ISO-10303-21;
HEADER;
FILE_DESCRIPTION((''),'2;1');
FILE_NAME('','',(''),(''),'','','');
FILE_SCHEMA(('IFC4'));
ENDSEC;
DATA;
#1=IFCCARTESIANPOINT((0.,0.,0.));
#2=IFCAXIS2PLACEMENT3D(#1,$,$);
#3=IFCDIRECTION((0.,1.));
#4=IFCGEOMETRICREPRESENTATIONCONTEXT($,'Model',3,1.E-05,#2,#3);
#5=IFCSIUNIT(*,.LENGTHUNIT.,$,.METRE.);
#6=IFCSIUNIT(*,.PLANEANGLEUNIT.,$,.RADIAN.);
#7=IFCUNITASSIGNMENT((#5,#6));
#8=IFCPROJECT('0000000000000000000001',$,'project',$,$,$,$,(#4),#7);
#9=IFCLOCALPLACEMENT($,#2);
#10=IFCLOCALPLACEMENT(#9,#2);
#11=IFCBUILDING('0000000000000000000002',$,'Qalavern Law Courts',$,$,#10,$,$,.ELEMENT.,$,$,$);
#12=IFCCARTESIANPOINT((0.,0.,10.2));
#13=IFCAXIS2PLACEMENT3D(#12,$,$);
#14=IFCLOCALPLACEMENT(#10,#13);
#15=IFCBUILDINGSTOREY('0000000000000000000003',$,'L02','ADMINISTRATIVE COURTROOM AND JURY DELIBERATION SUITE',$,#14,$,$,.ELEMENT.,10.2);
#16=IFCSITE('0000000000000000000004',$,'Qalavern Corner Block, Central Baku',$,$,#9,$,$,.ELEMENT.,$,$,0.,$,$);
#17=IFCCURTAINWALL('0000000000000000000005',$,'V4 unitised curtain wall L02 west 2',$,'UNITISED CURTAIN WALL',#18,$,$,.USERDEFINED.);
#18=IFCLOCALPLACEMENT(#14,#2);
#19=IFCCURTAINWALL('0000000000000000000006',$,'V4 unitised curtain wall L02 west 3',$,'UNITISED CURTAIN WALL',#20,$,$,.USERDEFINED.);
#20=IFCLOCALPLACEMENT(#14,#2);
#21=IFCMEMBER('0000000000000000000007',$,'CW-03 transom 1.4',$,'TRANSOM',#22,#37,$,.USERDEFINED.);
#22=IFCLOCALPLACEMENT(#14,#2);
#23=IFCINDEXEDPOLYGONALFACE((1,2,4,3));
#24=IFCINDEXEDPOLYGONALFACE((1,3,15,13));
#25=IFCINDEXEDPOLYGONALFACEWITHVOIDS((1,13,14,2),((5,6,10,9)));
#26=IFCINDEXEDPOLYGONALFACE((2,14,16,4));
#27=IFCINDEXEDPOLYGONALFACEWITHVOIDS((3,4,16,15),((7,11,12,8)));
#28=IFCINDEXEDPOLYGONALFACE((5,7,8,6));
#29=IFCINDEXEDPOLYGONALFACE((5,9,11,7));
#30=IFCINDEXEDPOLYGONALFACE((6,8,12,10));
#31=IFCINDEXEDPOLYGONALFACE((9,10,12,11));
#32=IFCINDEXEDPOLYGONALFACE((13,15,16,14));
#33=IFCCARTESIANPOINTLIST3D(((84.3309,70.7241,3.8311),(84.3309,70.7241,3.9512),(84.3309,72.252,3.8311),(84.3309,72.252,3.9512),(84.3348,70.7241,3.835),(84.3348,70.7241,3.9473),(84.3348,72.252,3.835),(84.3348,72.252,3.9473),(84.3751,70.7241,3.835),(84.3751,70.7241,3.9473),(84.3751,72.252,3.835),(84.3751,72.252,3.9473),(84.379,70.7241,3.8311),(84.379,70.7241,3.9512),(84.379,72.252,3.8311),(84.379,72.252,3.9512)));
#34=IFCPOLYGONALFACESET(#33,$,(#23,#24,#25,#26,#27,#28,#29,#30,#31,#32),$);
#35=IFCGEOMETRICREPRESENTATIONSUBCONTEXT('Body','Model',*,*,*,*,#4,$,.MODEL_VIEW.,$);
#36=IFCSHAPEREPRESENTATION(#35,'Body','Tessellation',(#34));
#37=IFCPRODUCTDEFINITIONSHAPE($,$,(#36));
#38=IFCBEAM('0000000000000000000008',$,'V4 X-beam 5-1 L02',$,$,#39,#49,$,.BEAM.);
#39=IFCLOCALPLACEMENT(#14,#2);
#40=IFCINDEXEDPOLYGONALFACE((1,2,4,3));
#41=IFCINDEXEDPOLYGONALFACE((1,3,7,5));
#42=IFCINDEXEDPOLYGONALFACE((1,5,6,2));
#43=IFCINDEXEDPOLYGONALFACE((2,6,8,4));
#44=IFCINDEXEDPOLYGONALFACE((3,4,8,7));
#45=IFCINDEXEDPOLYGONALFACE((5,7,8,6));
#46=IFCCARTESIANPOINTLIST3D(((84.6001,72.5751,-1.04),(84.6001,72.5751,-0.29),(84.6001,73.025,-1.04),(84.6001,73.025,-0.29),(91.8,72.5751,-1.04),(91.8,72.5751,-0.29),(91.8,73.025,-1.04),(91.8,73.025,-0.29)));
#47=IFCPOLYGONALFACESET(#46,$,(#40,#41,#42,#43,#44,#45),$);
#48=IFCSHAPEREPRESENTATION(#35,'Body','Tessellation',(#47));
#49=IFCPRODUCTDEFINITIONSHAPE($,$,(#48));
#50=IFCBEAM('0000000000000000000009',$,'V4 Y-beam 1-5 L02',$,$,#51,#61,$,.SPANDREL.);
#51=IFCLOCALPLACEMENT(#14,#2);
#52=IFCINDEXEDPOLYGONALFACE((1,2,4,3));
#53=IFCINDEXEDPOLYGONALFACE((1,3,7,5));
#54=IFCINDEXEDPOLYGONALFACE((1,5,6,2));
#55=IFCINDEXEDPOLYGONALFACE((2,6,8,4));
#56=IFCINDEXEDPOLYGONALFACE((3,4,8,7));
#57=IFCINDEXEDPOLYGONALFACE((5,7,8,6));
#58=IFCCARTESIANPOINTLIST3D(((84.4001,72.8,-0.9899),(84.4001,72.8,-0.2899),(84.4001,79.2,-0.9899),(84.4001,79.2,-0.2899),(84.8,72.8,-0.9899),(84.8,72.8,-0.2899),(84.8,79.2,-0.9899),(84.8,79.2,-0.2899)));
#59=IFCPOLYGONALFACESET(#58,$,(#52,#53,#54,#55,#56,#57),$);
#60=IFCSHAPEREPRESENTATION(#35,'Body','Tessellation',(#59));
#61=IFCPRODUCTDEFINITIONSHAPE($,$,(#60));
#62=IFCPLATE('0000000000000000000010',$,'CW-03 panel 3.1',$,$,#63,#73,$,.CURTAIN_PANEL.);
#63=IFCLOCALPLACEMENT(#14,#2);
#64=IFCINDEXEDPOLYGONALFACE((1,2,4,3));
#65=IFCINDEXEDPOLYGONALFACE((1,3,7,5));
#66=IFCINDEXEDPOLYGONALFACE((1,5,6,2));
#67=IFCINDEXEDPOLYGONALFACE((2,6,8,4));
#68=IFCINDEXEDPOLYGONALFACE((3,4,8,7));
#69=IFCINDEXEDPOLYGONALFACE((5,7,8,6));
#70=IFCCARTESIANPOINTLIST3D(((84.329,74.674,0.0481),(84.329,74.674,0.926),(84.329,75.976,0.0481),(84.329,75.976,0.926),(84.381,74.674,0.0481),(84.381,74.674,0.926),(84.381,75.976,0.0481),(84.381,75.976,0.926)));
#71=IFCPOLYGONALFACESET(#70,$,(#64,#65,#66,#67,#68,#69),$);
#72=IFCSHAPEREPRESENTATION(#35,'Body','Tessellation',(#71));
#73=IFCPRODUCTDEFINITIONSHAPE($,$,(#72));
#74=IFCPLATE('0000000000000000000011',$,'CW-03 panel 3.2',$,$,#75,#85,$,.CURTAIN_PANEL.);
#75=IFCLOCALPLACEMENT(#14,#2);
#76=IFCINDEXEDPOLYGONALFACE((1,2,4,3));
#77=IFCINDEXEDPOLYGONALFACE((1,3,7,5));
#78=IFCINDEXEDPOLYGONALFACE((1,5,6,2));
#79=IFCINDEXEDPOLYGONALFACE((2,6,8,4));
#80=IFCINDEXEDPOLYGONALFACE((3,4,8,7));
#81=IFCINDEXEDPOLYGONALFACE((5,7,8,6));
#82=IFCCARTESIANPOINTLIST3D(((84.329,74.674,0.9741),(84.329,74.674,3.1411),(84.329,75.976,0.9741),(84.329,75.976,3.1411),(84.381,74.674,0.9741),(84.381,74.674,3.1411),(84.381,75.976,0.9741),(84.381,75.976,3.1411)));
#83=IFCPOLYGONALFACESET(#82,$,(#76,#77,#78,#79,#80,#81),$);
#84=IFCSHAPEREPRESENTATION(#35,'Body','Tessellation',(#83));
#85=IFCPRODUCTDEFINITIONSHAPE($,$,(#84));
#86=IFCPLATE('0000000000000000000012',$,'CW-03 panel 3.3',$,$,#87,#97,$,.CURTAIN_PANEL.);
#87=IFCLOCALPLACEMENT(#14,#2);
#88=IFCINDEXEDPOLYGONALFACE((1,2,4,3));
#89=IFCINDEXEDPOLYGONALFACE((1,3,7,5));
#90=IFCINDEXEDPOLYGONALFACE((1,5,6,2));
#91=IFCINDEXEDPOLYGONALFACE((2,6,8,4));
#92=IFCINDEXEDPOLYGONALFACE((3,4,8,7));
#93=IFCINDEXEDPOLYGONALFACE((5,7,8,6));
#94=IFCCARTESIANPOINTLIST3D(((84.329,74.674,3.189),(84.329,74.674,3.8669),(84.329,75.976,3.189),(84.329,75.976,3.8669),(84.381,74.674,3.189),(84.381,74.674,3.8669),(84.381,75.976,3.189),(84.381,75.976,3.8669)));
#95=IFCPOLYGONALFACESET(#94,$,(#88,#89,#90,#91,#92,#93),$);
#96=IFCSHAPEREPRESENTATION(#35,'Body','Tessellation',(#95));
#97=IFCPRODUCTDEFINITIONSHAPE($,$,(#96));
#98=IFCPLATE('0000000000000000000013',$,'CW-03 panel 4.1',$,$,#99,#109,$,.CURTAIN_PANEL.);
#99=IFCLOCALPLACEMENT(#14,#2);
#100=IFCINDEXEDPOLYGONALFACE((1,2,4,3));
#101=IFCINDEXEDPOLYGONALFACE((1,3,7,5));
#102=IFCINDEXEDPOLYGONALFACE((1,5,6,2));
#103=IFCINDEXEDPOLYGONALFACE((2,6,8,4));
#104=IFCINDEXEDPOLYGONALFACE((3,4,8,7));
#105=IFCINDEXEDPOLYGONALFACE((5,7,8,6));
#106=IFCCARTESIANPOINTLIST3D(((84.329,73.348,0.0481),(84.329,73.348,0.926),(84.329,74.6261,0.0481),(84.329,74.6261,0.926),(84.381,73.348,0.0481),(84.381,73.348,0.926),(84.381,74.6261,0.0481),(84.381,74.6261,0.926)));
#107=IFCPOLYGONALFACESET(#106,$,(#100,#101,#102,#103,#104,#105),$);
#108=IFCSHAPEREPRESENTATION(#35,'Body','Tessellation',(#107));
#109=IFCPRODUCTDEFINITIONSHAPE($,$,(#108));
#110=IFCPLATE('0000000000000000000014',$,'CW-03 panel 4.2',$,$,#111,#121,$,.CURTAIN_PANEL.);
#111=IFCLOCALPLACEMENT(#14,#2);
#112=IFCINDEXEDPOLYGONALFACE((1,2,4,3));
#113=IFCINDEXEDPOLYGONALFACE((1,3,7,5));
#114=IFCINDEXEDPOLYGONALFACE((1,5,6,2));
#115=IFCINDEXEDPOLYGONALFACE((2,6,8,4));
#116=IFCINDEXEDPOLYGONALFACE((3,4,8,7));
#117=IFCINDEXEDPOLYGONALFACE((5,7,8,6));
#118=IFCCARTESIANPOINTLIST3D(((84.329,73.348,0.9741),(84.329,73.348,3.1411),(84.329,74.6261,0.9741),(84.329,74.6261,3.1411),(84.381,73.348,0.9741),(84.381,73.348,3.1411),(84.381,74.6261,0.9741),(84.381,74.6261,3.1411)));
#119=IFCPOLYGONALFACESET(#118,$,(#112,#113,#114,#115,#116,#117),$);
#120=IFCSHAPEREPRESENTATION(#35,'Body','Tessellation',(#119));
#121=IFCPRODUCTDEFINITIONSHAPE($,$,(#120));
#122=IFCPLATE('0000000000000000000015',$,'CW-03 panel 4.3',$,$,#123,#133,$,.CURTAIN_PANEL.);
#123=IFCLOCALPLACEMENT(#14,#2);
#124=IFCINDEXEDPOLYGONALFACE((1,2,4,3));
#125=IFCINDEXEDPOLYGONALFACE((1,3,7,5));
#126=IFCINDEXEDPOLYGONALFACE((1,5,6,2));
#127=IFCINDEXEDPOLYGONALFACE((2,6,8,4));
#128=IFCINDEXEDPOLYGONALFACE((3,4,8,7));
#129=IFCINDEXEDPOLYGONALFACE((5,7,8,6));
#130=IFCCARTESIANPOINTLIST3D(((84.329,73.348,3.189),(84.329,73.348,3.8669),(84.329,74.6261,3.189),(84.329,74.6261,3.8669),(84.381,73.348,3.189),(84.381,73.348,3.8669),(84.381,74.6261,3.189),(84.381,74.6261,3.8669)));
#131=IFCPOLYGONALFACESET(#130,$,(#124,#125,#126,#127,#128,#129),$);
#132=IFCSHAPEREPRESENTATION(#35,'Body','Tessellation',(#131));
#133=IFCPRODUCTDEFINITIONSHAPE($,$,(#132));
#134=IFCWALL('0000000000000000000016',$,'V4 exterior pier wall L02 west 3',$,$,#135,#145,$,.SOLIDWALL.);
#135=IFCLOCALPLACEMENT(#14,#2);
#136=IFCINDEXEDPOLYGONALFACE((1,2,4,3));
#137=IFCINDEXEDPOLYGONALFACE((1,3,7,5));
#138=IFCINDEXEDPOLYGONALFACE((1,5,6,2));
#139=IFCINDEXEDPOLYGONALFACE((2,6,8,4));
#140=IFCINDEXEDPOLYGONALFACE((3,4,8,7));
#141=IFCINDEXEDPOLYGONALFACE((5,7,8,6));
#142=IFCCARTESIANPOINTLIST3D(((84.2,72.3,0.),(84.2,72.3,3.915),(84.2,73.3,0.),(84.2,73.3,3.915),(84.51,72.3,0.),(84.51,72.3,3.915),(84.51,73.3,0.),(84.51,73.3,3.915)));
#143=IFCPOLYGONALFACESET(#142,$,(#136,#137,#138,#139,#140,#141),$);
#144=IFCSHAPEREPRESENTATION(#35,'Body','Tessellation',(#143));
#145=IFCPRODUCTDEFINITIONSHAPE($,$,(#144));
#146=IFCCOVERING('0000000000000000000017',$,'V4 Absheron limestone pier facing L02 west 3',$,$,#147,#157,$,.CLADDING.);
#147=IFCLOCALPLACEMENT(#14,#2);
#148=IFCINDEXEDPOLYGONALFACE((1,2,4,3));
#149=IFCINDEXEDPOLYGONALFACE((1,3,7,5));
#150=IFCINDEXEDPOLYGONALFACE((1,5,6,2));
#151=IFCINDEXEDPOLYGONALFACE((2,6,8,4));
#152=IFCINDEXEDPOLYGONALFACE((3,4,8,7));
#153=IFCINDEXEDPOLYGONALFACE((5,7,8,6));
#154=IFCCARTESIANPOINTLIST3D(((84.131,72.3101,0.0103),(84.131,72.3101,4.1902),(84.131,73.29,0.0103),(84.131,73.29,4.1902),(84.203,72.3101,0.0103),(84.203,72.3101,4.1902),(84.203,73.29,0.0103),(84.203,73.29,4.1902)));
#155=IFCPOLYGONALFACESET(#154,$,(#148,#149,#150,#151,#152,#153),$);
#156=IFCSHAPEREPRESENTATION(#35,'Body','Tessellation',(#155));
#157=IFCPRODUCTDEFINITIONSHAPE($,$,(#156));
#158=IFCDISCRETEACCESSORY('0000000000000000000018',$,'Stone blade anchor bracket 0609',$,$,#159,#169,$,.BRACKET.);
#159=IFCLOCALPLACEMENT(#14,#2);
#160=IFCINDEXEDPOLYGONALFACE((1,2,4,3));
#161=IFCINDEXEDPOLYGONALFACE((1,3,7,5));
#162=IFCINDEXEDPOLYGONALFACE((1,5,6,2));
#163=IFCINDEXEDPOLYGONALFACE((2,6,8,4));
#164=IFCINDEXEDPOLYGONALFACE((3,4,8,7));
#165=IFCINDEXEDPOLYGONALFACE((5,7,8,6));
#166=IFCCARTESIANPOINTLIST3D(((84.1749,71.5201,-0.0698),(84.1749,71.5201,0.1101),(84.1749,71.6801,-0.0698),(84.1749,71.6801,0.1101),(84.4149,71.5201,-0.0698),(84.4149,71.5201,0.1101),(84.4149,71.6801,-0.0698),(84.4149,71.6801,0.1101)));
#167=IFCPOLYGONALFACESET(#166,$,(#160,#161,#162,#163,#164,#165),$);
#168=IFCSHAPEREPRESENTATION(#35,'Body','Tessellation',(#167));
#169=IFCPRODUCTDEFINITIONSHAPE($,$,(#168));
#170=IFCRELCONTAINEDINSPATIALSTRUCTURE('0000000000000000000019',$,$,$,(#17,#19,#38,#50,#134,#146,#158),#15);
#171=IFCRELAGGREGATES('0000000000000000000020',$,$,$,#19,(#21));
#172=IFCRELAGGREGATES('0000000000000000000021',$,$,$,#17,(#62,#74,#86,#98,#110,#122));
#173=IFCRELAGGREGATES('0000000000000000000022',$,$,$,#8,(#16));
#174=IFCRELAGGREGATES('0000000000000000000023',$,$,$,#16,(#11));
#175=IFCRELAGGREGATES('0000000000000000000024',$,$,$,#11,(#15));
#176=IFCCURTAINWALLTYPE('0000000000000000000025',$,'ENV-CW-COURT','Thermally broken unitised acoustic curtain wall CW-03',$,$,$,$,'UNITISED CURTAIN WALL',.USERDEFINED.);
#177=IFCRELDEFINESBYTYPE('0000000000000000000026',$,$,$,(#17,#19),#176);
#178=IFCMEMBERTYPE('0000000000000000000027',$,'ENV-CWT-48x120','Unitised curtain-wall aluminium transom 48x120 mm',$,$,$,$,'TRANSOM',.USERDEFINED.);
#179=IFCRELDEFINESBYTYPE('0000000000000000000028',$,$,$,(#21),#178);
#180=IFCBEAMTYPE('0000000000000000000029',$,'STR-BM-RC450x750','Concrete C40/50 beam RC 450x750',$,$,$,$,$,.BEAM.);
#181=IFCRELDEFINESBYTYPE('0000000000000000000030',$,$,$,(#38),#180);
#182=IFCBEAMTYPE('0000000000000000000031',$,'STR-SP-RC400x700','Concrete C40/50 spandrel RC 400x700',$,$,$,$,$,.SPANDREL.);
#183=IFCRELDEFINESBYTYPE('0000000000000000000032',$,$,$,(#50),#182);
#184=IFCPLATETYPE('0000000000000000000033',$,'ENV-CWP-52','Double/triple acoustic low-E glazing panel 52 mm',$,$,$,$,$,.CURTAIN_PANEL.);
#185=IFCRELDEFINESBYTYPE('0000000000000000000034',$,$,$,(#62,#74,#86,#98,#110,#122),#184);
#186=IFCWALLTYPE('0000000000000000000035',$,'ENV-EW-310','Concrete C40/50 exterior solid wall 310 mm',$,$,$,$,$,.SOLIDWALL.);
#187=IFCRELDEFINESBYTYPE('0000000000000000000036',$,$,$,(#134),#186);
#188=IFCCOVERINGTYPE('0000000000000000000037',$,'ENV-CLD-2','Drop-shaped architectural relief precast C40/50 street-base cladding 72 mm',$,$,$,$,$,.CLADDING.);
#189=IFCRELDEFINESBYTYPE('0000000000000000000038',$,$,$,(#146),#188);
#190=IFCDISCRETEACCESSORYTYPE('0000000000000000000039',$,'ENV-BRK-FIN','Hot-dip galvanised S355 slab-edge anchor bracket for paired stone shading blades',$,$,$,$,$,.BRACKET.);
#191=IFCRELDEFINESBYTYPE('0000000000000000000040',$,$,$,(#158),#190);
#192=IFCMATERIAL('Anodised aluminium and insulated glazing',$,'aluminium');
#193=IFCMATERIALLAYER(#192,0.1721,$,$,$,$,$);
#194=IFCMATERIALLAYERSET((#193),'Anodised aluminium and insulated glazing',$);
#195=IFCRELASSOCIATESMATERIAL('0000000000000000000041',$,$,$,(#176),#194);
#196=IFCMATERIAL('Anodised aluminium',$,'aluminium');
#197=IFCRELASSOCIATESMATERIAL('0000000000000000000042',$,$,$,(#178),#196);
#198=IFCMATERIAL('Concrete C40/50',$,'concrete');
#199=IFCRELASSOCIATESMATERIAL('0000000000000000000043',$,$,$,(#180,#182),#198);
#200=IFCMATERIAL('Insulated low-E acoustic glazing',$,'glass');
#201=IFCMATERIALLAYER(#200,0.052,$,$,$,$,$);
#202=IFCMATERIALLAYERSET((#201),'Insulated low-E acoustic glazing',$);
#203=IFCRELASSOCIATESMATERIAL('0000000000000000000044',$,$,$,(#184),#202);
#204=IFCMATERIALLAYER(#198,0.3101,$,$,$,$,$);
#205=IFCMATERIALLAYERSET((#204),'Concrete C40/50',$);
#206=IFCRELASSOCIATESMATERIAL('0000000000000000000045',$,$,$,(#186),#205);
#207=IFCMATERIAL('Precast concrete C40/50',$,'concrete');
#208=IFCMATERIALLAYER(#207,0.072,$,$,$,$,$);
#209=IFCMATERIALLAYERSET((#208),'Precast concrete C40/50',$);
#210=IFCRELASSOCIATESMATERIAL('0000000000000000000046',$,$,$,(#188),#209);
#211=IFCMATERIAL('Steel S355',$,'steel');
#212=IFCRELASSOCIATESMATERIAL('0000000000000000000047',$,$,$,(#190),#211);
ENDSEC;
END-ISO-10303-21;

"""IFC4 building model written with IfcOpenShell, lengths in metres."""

from ifc_helpers import new_model, si_unit, direction, frame, frame_2d, origin, origin_2d, place, context, subcontext, project, spatial, rectangle, hollow_rectangle, extrude, material, layer, layer_set, material_profile, profile_set, type_object, element, aggregate, save


model = new_model("IFC4")

# Units and contexts
model_context = context("Model", 3, precision=1e-05, world=origin(), true_north=direction((0.0, 1.0)))
body_context = subcontext(model_context, "Body", "Model", "MODEL_VIEW")
ifc_project = project(units=[si_unit("LENGTHUNIT", "METRE"), si_unit("PLANEANGLEUNIT", "RADIAN")], contexts=[model_context])

# Site, building, storey
site_placement = place(None, origin())
site = spatial("IfcSite", under=ifc_project, at=site_placement, Name="Qalavern Corner Block, Central Baku", CompositionType="ELEMENT", RefElevation=0.0)
building_placement = place(site_placement, origin())
building = spatial("IfcBuilding", under=site, at=building_placement, Name="Qalavern Law Courts", CompositionType="ELEMENT")
storey_placement = place(building_placement, frame((0.0, 0.0, 10.2)))
storey = spatial("IfcBuildingStorey", under=building, at=storey_placement, Name="L02", Description="ADMINISTRATIVE COURTROOM AND JURY DELIBERATION SUITE", CompositionType="ELEMENT", Elevation=10.2)

# Curtain wall
ifc_material_1 = material(Name="Anodised aluminium and insulated glazing", Category="aluminium")
ifc_layer_1 = layer(ifc_material_1, 0.1721)
ifc_layer_set_1 = layer_set([ifc_layer_1], Name="Anodised aluminium and insulated glazing")
curtain_wall_type = type_object("IfcCurtainWallType", Name="ENV-CW-COURT", Description="Thermally broken unitised acoustic curtain wall CW-03", ElementType="UNITISED CURTAIN WALL", PredefinedType="USERDEFINED", material=ifc_layer_set_1)
curtain_wall_1_placement = place(storey_placement, origin())
curtain_wall_1 = element("IfcCurtainWall", 1, at=curtain_wall_1_placement, inside=storey, type_object=curtain_wall_type, Name="V4 unitised curtain wall L02 west 2", ObjectType="UNITISED CURTAIN WALL", PredefinedType="USERDEFINED")
ifc_material_2 = material(Name="Anodised aluminium", Category="aluminium")

# Curtain wall
curtain_wall_2_placement = place(storey_placement, origin())
curtain_wall_2 = element("IfcCurtainWall", 2, at=curtain_wall_2_placement, inside=storey, type_object=curtain_wall_type, Name="V4 unitised curtain wall L02 west 3", ObjectType="UNITISED CURTAIN WALL", PredefinedType="USERDEFINED")

# Member
ifc_material_profile_1 = material_profile(ifc_material_2, hollow_rectangle(XDim=0.0481, YDim=0.1201, WallThickness=0.0039, at=origin_2d()), Name="ALU TRANSOM 48x120")
ifc_profile_set_1 = profile_set([ifc_material_profile_1], Name="Anodised aluminium")
member_type_1 = type_object("IfcMemberType", Name="ENV-CWT-48x120", Description="Unitised curtain-wall aluminium transom 48x120 mm", ElementType="TRANSOM", PredefinedType="USERDEFINED", material=ifc_profile_set_1)
member_1_placement = place(storey_placement, frame((84.355, 72.252, 3.8911), z_axis=(0.0, -1.0, 0.0), x_axis=(1.0, 0.0, 0.0)))
member_1 = element("IfcMember", 3, at=member_1_placement, type_object=member_type_1, Name="CW-03 transom 1.4", ObjectType="TRANSOM", PredefinedType="USERDEFINED", context=body_context, shape_type="SweptSolid", body=[
    extrude(hollow_rectangle(XDim=0.0481, YDim=0.1201, WallThickness=0.0039, at=origin_2d()), origin(), (0.0, 0.0, 1.0), 1.5278),
])
aggregate(curtain_wall_2, [member_1])

# Beams
ifc_material_3 = material(Name="Concrete C40/50", Category="concrete")
ifc_material_profile_2 = material_profile(ifc_material_3, rectangle(XDim=0.45, YDim=0.75, at=origin_2d()), Name="RC 450x750")
ifc_profile_set_2 = profile_set([ifc_material_profile_2], Name="Concrete C40/50")
beam_type_1 = type_object("IfcBeamType", Name="STR-BM-RC450x750", Description="Concrete C40/50 beam RC 450x750", PredefinedType="BEAM", material=ifc_profile_set_2)
beam_1_placement = place(storey_placement, frame((84.6001, 72.8, -0.665), z_axis=(1.0, 0.0, 0.0), x_axis=(0.0, 1.0, 0.0)))
element("IfcBeam", 4, at=beam_1_placement, inside=storey, type_object=beam_type_1, Name="V4 X-beam 5-1 L02", PredefinedType="BEAM", context=body_context, shape_type="SweptSolid", body=[
    extrude(rectangle(XDim=0.45, YDim=0.75, at=origin_2d()), origin(), (0.0, 0.0, 1.0), 7.2),
])
ifc_material_profile_3 = material_profile(ifc_material_3, rectangle(XDim=0.3999, YDim=0.7, at=origin_2d()), Name="RC 400x700")
ifc_profile_set_3 = profile_set([ifc_material_profile_3], Name="Concrete C40/50")
beam_type_2 = type_object("IfcBeamType", Name="STR-SP-RC400x700", Description="Concrete C40/50 spandrel RC 400x700", PredefinedType="SPANDREL", material=ifc_profile_set_3)
beam_2_placement = place(storey_placement, frame((84.6001, 72.8, -0.6399), z_axis=(0.0, 1.0, 0.0), x_axis=(-1.0, 0.0, 0.0)))
element("IfcBeam", 5, at=beam_2_placement, inside=storey, type_object=beam_type_2, Name="V4 Y-beam 1-5 L02", PredefinedType="SPANDREL", context=body_context, shape_type="SweptSolid", body=[
    extrude(rectangle(XDim=0.3999, YDim=0.7, at=origin_2d()), origin(), (0.0, 0.0, 1.0), 6.3999),
])

# Plates
ifc_material_4 = material(Name="Insulated low-E acoustic glazing", Category="glass")
ifc_layer_2 = layer(ifc_material_4, 0.052)
ifc_layer_set_2 = layer_set([ifc_layer_2], Name="Insulated low-E acoustic glazing")
plate_type = type_object("IfcPlateType", Name="ENV-CWP-52", Description="Double/triple acoustic low-E glazing panel 52 mm", PredefinedType="CURTAIN_PANEL", material=ifc_layer_set_2)
plate_1_placement = place(storey_placement, frame((84.355, 75.325, 0.0481), z_axis=(0.0, 0.0, 1.0), x_axis=(0.0, -1.0, 0.0)))
plate_1 = element("IfcPlate", 6, at=plate_1_placement, type_object=plate_type, Name="CW-03 panel 3.1", PredefinedType="CURTAIN_PANEL", context=body_context, shape_type="SweptSolid", body=[
    extrude(rectangle(XDim=1.302, YDim=0.052, at=origin_2d()), origin(), (0.0, 0.0, 1.0), 0.8779),
])
plate_2_placement = place(storey_placement, frame((84.355, 75.325, 0.9741), z_axis=(0.0, 0.0, 1.0), x_axis=(0.0, -1.0, 0.0)))
plate_2 = element("IfcPlate", 7, at=plate_2_placement, type_object=plate_type, Name="CW-03 panel 3.2", PredefinedType="CURTAIN_PANEL", context=body_context, shape_type="SweptSolid", body=[
    extrude(rectangle(XDim=1.302, YDim=0.052, at=origin_2d()), origin(), (0.0, 0.0, 1.0), 2.167),
])
plate_3_placement = place(storey_placement, frame((84.355, 75.325, 3.189), z_axis=(0.0, 0.0, 1.0), x_axis=(0.0, -1.0, 0.0)))
plate_3 = element("IfcPlate", 8, at=plate_3_placement, type_object=plate_type, Name="CW-03 panel 3.3", PredefinedType="CURTAIN_PANEL", context=body_context, shape_type="SweptSolid", body=[
    extrude(rectangle(XDim=1.302, YDim=0.052, at=origin_2d()), origin(), (0.0, 0.0, 1.0), 0.678),
])
plate_4_placement = place(storey_placement, frame((84.355, 73.9871, 0.0481), z_axis=(0.0, 0.0, 1.0), x_axis=(0.0, -1.0, 0.0)))
plate_4 = element("IfcPlate", 9, at=plate_4_placement, type_object=plate_type, Name="CW-03 panel 4.1", PredefinedType="CURTAIN_PANEL", context=body_context, shape_type="SweptSolid", body=[
    extrude(rectangle(XDim=1.2781, YDim=0.052, at=origin_2d()), origin(), (0.0, 0.0, 1.0), 0.8779),
])
plate_5_placement = place(storey_placement, frame((84.355, 73.9871, 0.9741), z_axis=(0.0, 0.0, 1.0), x_axis=(0.0, -1.0, 0.0)))
plate_5 = element("IfcPlate", 10, at=plate_5_placement, type_object=plate_type, Name="CW-03 panel 4.2", PredefinedType="CURTAIN_PANEL", context=body_context, shape_type="SweptSolid", body=[
    extrude(rectangle(XDim=1.2781, YDim=0.052, at=origin_2d()), origin(), (0.0, 0.0, 1.0), 2.167),
])
plate_6_placement = place(storey_placement, frame((84.355, 73.9871, 3.189), z_axis=(0.0, 0.0, 1.0), x_axis=(0.0, -1.0, 0.0)))
plate_6 = element("IfcPlate", 11, at=plate_6_placement, type_object=plate_type, Name="CW-03 panel 4.3", PredefinedType="CURTAIN_PANEL", context=body_context, shape_type="SweptSolid", body=[
    extrude(rectangle(XDim=1.2781, YDim=0.052, at=origin_2d()), origin(), (0.0, 0.0, 1.0), 0.678),
])
aggregate(curtain_wall_1, [plate_1, plate_2, plate_3, plate_4, plate_5, plate_6])

# Wall
ifc_layer_3 = layer(ifc_material_3, 0.3101)
ifc_layer_set_3 = layer_set([ifc_layer_3], Name="Concrete C40/50")
wall_type = type_object("IfcWallType", Name="ENV-EW-310", Description="Concrete C40/50 exterior solid wall 310 mm", PredefinedType="SOLIDWALL", material=ifc_layer_set_3)
wall_placement = place(storey_placement, frame((84.355, 73.3, 0.0), z_axis=(0.0, 0.0, 1.0), x_axis=(0.0, -1.0, 0.0)))
element("IfcWall", 12, at=wall_placement, inside=storey, type_object=wall_type, Name="V4 exterior pier wall L02 west 3", PredefinedType="SOLIDWALL", context=body_context, shape_type="SweptSolid", body=[
    extrude(rectangle(XDim=1.0, YDim=0.3101, at=frame_2d((0.5, 0.0))), origin(), (0.0, 0.0, 1.0), 3.915),
])

# Covering
ifc_material_5 = material(Name="Precast concrete C40/50", Category="concrete")
ifc_layer_4 = layer(ifc_material_5, 0.072)
ifc_layer_set_4 = layer_set([ifc_layer_4], Name="Precast concrete C40/50")
covering_type = type_object("IfcCoveringType", Name="ENV-CLD-2", Description="Drop-shaped architectural relief precast C40/50 street-base cladding 72 mm", PredefinedType="CLADDING", material=ifc_layer_set_4)
covering_placement = place(storey_placement, frame((84.167, 72.8, 0.0103), z_axis=(0.0, 0.0, 1.0), x_axis=(0.0, -1.0, 0.0)))
element("IfcCovering", 13, at=covering_placement, inside=storey, type_object=covering_type, Name="V4 Absheron limestone pier facing L02 west 3", PredefinedType="CLADDING", context=body_context, shape_type="SweptSolid", body=[
    extrude(rectangle(XDim=0.98, YDim=0.072, at=origin_2d()), origin(), (0.0, 0.0, 1.0), 4.1799),
])

# Discrete accessory
ifc_material_6 = material(Name="Steel S355", Category="steel")
discrete_accessory_type = type_object("IfcDiscreteAccessoryType", Name="ENV-BRK-FIN", Description="Hot-dip galvanised S355 slab-edge anchor bracket for paired stone shading blades", PredefinedType="BRACKET", material=ifc_material_6)
discrete_accessory_placement = place(storey_placement, frame((84.2949, 71.6001, -0.0698), z_axis=(0.0, 0.0, 1.0), x_axis=(-1.0, 0.0, 0.0)))
element("IfcDiscreteAccessory", 14, at=discrete_accessory_placement, inside=storey, type_object=discrete_accessory_type, Name="Stone blade anchor bracket 0609", PredefinedType="BRACKET", context=body_context, shape_type="SweptSolid", body=[
    extrude(rectangle(XDim=0.24, YDim=0.1599, at=origin_2d()), origin(), (0.0, 0.0, 1.0), 0.1799),
])

save(model, "model.ifc")
